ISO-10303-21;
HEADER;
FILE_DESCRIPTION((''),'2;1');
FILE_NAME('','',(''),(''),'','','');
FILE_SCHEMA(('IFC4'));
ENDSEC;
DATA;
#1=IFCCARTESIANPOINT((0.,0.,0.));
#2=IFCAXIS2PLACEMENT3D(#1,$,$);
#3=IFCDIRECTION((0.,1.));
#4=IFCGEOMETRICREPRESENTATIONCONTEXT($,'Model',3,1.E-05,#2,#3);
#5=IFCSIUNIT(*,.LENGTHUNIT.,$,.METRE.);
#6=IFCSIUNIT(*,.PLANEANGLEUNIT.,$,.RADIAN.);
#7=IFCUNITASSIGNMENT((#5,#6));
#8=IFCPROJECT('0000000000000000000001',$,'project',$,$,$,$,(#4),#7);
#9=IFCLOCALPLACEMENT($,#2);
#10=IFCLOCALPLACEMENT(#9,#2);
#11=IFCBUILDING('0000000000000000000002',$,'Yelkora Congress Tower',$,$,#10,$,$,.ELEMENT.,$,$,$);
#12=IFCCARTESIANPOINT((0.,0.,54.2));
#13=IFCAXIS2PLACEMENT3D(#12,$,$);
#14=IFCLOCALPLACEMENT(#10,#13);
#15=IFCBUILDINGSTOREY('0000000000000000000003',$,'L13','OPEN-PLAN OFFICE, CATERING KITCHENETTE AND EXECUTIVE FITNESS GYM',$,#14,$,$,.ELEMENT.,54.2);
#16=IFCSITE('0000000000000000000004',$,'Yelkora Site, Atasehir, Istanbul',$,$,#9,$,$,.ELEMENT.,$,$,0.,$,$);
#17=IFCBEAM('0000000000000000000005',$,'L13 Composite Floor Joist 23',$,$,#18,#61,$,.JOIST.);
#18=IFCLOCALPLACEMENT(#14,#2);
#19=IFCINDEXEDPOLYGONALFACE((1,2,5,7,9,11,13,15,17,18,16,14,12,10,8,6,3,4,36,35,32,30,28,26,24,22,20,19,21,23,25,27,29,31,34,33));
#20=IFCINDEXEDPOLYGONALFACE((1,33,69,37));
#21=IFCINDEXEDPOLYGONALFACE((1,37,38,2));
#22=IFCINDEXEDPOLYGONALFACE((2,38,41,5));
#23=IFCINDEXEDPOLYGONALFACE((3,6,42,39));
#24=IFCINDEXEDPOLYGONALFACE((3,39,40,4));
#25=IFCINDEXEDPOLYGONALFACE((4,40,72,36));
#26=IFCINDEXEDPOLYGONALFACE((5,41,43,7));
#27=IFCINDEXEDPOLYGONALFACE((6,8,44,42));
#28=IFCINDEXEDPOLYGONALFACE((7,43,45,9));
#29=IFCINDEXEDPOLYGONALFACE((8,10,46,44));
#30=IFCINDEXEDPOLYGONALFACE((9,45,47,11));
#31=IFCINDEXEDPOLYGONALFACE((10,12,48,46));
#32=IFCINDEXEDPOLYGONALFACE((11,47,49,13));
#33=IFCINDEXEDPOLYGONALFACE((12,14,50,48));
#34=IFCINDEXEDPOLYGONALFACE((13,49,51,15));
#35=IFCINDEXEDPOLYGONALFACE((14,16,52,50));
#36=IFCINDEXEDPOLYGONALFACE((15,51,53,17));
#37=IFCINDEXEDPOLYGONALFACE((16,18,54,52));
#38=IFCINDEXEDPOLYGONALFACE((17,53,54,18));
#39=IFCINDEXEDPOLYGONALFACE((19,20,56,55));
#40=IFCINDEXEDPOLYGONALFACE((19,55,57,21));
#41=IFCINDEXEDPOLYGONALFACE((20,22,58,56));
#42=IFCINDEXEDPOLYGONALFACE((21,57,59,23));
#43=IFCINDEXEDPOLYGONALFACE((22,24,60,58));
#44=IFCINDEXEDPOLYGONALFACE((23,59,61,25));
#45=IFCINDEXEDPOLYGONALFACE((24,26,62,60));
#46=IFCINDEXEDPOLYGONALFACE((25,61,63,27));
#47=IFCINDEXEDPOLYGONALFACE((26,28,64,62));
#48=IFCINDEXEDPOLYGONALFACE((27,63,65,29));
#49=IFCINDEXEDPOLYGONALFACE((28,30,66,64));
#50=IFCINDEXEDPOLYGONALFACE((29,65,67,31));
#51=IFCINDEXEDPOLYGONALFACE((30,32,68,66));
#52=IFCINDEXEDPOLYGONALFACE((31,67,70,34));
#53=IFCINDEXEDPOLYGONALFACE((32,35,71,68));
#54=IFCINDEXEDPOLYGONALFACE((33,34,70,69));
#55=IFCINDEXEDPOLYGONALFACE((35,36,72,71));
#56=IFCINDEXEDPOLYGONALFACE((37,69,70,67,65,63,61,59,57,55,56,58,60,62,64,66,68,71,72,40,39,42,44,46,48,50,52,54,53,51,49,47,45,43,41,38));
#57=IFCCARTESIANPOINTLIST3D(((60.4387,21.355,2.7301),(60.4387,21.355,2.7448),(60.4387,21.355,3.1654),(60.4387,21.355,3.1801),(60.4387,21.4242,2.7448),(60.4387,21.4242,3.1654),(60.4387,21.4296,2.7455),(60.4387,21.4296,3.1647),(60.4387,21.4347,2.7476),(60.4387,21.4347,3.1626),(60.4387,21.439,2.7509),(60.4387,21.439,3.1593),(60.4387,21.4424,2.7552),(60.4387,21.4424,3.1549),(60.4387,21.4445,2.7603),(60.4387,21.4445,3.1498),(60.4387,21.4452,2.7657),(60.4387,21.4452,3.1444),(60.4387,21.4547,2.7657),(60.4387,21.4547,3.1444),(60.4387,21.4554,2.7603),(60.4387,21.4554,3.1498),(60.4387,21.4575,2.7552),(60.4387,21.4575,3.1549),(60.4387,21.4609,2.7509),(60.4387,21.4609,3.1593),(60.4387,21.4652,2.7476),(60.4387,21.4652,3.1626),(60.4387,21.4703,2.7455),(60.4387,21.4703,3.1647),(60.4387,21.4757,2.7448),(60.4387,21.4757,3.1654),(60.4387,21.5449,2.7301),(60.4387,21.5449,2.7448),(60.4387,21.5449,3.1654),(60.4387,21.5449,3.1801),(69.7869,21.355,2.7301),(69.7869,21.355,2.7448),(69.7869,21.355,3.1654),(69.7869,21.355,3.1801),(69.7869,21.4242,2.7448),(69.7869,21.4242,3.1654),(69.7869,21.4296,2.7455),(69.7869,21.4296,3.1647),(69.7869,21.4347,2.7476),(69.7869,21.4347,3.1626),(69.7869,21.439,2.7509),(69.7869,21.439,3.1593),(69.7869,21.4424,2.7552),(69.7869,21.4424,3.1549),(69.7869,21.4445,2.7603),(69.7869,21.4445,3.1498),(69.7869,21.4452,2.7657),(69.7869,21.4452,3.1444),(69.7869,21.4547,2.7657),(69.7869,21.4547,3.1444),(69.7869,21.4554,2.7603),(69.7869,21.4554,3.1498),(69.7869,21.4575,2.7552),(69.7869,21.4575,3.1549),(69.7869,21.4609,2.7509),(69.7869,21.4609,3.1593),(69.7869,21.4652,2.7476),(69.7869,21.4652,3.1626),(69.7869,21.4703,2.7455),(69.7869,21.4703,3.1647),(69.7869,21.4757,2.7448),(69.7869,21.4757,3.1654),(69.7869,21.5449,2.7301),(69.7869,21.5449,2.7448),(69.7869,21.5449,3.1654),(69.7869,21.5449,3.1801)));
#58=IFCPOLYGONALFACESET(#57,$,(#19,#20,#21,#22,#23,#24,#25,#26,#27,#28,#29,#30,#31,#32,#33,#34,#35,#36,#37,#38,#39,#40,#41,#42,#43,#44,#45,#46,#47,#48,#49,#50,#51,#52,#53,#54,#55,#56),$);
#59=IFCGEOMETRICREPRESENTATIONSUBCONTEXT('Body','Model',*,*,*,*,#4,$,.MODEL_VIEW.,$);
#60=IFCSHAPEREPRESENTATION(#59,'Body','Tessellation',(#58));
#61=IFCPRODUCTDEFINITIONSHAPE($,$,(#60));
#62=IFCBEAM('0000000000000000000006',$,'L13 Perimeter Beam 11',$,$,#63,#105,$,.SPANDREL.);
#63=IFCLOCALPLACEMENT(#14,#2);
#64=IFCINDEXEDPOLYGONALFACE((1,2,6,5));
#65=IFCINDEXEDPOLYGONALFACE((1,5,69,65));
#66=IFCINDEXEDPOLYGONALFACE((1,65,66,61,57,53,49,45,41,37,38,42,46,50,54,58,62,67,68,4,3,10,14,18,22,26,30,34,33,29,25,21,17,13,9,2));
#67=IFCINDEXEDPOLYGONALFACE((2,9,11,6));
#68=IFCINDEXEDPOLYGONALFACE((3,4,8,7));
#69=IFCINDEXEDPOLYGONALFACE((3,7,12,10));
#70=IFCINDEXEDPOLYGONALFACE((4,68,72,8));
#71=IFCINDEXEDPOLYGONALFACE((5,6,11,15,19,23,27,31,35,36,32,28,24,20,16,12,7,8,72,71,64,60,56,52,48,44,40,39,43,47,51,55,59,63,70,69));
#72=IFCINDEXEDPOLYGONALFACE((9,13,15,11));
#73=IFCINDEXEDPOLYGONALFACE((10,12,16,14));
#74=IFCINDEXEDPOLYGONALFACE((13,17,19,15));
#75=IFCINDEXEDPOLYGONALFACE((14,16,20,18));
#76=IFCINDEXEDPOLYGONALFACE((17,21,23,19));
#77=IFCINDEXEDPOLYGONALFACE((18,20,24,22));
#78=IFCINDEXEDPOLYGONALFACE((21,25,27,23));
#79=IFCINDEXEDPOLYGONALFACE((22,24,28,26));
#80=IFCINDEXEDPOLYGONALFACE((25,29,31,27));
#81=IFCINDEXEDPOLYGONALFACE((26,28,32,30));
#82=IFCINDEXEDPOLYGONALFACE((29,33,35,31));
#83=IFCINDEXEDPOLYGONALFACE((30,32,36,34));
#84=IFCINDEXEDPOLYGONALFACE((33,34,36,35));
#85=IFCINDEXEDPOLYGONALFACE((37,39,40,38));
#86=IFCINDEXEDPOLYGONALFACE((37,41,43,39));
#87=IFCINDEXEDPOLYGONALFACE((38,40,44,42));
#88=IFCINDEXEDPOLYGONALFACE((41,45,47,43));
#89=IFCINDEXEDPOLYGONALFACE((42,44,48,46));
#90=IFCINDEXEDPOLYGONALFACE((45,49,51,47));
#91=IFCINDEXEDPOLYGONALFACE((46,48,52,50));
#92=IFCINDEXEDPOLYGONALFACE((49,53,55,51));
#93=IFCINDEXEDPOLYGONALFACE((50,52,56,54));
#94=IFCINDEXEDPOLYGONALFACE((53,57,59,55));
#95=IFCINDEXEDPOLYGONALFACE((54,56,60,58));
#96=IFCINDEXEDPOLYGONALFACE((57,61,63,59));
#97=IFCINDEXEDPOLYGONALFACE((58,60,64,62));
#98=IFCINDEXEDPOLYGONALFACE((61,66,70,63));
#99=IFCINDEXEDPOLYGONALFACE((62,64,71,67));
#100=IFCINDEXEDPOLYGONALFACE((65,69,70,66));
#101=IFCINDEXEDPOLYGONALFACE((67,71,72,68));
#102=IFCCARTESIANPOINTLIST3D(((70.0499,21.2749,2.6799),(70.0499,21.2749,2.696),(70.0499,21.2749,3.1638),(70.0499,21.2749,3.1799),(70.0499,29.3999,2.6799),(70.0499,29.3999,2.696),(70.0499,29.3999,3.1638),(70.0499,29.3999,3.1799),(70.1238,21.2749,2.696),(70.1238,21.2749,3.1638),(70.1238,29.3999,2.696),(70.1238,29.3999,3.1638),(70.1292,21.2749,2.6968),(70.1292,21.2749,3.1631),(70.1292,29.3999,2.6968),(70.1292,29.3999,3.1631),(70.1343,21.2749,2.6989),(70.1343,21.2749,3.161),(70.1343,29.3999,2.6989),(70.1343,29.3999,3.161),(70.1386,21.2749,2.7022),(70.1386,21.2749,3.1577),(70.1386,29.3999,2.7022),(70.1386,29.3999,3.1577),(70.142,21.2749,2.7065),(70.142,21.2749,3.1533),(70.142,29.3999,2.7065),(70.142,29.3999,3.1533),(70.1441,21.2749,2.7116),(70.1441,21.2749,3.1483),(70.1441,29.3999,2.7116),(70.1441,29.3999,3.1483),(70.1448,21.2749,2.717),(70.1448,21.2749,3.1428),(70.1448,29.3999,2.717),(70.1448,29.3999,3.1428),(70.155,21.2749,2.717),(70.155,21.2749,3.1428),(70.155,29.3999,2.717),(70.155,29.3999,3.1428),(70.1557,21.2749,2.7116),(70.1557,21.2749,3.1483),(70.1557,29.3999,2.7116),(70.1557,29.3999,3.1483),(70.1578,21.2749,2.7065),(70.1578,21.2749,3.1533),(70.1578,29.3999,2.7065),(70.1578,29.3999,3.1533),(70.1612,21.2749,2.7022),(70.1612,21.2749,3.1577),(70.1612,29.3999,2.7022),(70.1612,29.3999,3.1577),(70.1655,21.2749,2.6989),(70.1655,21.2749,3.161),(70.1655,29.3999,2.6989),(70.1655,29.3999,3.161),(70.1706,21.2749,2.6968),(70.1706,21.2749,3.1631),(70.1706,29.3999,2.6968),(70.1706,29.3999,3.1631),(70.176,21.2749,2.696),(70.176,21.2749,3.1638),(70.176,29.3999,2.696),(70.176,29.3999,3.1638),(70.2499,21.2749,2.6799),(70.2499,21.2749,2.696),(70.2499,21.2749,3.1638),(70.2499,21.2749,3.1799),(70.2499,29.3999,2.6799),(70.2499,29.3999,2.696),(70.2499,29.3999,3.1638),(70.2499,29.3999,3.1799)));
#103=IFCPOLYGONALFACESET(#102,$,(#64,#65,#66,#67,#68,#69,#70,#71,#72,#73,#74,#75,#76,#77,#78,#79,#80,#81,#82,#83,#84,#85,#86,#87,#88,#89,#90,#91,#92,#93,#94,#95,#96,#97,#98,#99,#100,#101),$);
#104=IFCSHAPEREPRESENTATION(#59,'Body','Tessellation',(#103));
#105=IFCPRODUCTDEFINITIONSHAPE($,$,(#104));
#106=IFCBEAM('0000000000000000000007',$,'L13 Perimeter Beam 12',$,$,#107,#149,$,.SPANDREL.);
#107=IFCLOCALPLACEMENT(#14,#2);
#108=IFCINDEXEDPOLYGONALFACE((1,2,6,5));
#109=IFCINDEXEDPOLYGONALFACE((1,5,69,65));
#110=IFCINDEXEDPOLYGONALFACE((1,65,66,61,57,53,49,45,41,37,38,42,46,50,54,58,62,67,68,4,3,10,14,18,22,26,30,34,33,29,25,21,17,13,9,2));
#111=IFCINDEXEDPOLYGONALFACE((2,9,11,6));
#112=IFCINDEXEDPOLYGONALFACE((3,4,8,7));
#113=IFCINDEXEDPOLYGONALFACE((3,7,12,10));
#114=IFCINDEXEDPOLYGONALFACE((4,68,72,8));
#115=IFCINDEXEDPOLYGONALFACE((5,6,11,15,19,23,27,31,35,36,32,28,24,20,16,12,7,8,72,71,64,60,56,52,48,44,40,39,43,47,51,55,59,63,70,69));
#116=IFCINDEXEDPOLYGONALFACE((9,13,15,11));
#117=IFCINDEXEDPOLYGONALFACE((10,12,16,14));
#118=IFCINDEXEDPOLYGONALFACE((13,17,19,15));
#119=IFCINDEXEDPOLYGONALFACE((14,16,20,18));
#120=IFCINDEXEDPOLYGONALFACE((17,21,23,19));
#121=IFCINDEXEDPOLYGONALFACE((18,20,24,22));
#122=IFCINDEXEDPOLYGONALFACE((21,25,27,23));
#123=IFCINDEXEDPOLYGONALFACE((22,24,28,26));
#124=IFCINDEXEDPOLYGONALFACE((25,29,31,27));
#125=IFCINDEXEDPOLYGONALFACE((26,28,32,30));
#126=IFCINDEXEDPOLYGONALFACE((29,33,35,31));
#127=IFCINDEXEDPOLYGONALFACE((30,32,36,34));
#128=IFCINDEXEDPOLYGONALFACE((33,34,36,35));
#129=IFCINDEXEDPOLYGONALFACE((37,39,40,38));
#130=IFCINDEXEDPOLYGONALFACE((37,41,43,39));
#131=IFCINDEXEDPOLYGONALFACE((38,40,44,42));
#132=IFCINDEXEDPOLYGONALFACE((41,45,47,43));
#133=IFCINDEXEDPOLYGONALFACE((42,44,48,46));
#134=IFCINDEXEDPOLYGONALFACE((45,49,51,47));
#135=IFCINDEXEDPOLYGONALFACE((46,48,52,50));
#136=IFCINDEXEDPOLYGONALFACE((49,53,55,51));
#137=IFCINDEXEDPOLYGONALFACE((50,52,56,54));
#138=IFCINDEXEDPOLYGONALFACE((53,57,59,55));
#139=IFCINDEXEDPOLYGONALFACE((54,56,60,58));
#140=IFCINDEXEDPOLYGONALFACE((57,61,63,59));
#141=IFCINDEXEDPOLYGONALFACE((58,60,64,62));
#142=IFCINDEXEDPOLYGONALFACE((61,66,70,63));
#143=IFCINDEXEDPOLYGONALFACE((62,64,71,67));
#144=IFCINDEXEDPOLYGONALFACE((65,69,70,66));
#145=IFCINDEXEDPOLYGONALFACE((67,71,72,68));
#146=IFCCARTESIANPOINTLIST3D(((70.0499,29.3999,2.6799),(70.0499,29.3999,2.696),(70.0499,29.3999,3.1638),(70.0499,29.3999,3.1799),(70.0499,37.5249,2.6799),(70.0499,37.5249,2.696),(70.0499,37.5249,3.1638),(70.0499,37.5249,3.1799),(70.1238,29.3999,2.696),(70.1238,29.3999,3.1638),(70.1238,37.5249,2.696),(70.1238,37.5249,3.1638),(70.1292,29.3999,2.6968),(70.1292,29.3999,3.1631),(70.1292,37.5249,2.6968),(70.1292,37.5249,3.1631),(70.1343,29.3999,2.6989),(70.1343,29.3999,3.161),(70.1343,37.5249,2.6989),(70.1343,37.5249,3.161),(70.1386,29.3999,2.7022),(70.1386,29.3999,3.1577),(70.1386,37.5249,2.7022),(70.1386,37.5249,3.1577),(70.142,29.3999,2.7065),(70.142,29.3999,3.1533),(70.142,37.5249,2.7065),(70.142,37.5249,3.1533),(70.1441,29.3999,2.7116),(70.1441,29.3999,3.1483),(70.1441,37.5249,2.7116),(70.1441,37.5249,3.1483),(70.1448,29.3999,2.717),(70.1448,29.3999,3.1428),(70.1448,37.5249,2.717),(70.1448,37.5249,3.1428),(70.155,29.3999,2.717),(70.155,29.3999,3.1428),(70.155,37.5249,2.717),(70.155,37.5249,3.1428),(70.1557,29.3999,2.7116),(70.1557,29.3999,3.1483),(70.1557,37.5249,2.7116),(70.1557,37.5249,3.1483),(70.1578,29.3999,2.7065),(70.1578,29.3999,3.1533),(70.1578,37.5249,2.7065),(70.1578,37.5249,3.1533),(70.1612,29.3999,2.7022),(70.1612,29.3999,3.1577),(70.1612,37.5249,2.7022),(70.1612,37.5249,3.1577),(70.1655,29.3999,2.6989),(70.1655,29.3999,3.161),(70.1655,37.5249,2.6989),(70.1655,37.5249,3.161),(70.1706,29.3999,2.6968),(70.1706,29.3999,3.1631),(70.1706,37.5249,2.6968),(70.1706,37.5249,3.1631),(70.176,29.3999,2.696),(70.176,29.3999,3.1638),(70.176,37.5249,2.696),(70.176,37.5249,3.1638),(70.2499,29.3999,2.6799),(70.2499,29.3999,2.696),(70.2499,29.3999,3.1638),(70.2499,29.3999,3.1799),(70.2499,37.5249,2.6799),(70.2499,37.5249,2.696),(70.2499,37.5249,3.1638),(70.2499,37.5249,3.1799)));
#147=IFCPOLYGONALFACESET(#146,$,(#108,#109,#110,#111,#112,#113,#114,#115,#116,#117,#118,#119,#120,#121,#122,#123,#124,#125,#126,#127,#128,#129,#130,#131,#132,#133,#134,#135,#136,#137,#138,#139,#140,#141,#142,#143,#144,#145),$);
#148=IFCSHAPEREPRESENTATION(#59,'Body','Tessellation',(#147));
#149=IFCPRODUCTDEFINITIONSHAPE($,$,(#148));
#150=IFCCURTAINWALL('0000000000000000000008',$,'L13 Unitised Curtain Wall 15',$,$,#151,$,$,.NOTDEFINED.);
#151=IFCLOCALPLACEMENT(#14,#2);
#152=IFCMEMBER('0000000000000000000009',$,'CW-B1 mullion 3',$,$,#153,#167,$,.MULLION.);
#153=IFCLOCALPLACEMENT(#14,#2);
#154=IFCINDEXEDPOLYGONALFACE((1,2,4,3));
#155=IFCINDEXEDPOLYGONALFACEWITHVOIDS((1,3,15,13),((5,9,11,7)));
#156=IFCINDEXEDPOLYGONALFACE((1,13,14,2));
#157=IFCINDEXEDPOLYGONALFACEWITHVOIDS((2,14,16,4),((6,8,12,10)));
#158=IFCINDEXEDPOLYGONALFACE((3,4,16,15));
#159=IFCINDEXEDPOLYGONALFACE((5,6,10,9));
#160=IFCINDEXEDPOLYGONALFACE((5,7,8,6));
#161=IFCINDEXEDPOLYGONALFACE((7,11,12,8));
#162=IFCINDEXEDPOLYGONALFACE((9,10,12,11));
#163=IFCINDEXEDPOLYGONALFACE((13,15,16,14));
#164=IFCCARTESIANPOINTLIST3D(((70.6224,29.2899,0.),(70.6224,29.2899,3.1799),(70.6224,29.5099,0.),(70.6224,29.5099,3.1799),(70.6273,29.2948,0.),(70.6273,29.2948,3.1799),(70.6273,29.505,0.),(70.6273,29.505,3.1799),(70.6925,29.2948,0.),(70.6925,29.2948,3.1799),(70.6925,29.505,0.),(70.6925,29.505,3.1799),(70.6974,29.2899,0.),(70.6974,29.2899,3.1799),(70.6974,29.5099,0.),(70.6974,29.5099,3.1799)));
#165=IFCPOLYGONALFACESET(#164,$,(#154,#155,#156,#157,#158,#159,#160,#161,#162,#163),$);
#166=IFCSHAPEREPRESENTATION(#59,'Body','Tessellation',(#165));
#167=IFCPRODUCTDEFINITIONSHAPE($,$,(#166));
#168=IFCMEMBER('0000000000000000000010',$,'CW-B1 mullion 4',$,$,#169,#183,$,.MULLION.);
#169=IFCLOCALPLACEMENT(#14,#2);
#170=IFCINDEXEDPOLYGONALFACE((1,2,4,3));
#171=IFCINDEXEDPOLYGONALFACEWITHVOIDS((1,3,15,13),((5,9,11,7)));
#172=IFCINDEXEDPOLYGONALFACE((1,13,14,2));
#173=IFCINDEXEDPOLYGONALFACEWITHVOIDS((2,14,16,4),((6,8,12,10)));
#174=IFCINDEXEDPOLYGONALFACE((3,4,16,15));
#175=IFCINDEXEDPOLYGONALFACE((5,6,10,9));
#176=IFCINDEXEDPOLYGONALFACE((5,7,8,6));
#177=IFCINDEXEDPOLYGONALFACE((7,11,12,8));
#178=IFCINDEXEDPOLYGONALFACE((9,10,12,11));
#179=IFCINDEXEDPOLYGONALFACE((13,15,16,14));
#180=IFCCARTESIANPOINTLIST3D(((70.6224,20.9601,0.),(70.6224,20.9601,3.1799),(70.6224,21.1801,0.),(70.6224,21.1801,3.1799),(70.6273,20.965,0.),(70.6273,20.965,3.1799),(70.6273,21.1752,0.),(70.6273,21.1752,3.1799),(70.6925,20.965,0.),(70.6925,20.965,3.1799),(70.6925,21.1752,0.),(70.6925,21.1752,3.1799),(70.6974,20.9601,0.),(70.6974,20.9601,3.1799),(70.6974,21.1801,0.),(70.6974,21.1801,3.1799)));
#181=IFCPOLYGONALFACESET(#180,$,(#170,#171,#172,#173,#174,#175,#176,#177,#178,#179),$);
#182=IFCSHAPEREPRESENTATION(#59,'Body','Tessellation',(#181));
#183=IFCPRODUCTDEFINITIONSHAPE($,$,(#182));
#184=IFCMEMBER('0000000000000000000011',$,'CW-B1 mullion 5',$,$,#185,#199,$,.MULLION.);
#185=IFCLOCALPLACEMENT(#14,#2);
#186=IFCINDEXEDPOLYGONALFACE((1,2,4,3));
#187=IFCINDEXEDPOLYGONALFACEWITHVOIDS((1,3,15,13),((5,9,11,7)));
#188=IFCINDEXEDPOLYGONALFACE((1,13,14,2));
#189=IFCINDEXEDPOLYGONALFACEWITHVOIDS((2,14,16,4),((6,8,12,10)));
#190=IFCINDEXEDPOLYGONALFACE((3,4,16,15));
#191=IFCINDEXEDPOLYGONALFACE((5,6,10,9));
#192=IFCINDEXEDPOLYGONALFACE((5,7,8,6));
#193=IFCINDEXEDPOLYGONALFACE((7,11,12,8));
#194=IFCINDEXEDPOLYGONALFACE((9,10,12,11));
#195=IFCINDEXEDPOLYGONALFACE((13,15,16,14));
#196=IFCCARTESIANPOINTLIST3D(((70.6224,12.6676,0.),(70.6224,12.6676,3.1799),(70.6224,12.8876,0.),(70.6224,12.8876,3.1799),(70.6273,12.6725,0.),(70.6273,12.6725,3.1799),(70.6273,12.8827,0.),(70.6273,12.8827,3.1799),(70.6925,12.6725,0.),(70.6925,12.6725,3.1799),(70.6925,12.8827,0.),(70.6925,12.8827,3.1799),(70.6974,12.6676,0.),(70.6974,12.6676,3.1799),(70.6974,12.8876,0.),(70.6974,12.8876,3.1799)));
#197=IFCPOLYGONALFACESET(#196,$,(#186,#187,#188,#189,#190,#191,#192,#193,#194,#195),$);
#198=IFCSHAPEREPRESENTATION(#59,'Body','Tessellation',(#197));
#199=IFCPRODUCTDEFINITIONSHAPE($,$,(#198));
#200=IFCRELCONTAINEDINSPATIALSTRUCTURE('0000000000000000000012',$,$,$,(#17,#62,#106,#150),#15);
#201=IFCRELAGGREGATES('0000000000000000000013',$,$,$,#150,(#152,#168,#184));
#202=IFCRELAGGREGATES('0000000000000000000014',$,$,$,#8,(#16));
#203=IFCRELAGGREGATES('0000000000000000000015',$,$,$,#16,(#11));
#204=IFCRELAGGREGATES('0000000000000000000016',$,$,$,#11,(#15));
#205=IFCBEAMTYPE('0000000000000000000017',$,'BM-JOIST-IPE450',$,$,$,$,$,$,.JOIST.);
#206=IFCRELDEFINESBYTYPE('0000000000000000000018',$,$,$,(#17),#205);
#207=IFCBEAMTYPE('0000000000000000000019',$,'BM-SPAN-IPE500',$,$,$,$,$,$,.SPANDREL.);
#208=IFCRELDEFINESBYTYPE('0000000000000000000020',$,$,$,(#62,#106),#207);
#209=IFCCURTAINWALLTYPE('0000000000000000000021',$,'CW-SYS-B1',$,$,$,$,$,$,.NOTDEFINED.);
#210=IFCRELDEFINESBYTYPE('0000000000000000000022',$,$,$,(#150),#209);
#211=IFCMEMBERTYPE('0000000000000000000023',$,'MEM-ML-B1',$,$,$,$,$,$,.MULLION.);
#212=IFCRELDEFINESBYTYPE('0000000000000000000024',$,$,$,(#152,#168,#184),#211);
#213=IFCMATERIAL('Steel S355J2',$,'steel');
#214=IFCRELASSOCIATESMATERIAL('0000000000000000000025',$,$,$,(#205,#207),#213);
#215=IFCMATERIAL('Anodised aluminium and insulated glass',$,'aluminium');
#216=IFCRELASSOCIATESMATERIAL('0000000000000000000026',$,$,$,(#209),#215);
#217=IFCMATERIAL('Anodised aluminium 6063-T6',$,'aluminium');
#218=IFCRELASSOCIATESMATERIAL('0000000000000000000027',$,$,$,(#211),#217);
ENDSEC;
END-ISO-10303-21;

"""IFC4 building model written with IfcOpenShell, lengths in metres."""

from ifc_helpers import new_model, si_unit, direction, frame, origin, origin_2d, place, context, subcontext, project, spatial, hollow_rectangle, i_section, extrude, material, material_profile, profile_set, type_object, element, aggregate, save


model = new_model("IFC4")

# Units and contexts
model_context = context("Model", 3, precision=1e-05, world=origin(), true_north=direction((0.0, 1.0)))
body_context = subcontext(model_context, "Body", "Model", "MODEL_VIEW")
ifc_project = project(units=[si_unit("LENGTHUNIT", "METRE"), si_unit("PLANEANGLEUNIT", "RADIAN")], contexts=[model_context])

# Site, building, storey
site_placement = place(None, origin())
site = spatial("IfcSite", under=ifc_project, at=site_placement, Name="Yelkora Site, Atasehir, Istanbul", CompositionType="ELEMENT", RefElevation=0.0)
building_placement = place(site_placement, origin())
building = spatial("IfcBuilding", under=site, at=building_placement, Name="Yelkora Congress Tower", CompositionType="ELEMENT")
storey_placement = place(building_placement, frame((0.0, 0.0, 54.2)))
storey = spatial("IfcBuildingStorey", under=building, at=storey_placement, Name="L13", Description="OPEN-PLAN OFFICE, CATERING KITCHENETTE AND EXECUTIVE FITNESS GYM", CompositionType="ELEMENT", Elevation=54.2)

# Beams
ifc_material_1 = material(Name="Steel S355J2", Category="steel")
ifc_material_profile_1 = material_profile(ifc_material_1, i_section(OverallWidth=0.1899, OverallDepth=0.45, WebThickness=0.0095, FlangeThickness=0.0146, FilletRadius=0.021, at=origin_2d()), Name="IPE 450")
ifc_profile_set_1 = profile_set([ifc_material_profile_1], Name="Steel S355J2")
beam_type_1 = type_object("IfcBeamType", Name="BM-JOIST-IPE450", PredefinedType="JOIST", material=ifc_profile_set_1)
beam_1_placement = place(storey_placement, frame((60.4387, 21.45, 2.9551), z_axis=(1.0, 0.0, 0.0), x_axis=(0.0, 1.0, 0.0)))
element("IfcBeam", 1, at=beam_1_placement, inside=storey, type_object=beam_type_1, Name="L13 Composite Floor Joist 23", PredefinedType="JOIST", context=body_context, shape_type="SweptSolid", body=[
    extrude(i_section(OverallWidth=0.1899, OverallDepth=0.45, WebThickness=0.0095, FlangeThickness=0.0146, FilletRadius=0.021, at=origin_2d()), origin(), (0.0, 0.0, 1.0), 9.3481),
])
ifc_material_profile_2 = material_profile(ifc_material_1, i_section(OverallWidth=0.2, OverallDepth=0.5, WebThickness=0.0103, FlangeThickness=0.0161, FilletRadius=0.021, at=origin_2d()), Name="IPE 500")
ifc_profile_set_2 = profile_set([ifc_material_profile_2], Name="Steel S355J2")
beam_type_2 = type_object("IfcBeamType", Name="BM-SPAN-IPE500", PredefinedType="SPANDREL", material=ifc_profile_set_2)
for number, where, z_axis, x_axis, name in (
    (2, (70.1499, 21.2749, 2.9299), (0.0, 1.0, 0.0), (-1.0, 0.0, 0.0), "L13 Perimeter Beam 11"),
    (3, (70.1499, 29.3999, 2.9299), (0.0, 1.0, 0.0), (-1.0, 0.0, 0.0), "L13 Perimeter Beam 12"),
):
    element("IfcBeam", number, at=place(storey_placement, frame(where, z_axis=z_axis, x_axis=x_axis)), inside=storey, type_object=beam_type_2, Name=name, PredefinedType="SPANDREL", context=body_context, shape_type="SweptSolid", body=[
        extrude(i_section(OverallWidth=0.2, OverallDepth=0.5, WebThickness=0.0103, FlangeThickness=0.0161, FilletRadius=0.021, at=origin_2d()), origin(), (0.0, 0.0, 1.0), 8.125),
    ])

# Curtain wall, members
ifc_material_2 = material(Name="Anodised aluminium and insulated glass", Category="aluminium")
curtain_wall_type = type_object("IfcCurtainWallType", Name="CW-SYS-B1", PredefinedType="NOTDEFINED", material=ifc_material_2)
curtain_wall_placement = place(storey_placement, origin())
curtain_wall = element("IfcCurtainWall", 4, at=curtain_wall_placement, inside=storey, type_object=curtain_wall_type, Name="L13 Unitised Curtain Wall 15", PredefinedType="NOTDEFINED")
ifc_material_3 = material(Name="Anodised aluminium 6063-T6", Category="aluminium")
ifc_material_profile_3 = material_profile(ifc_material_3, hollow_rectangle(XDim=0.075, YDim=0.22, WallThickness=0.0049, at=origin_2d()), Name="ALU 75x220x5")
ifc_profile_set_3 = profile_set([ifc_material_profile_3], Name="Anodised aluminium 6063-T6")
member_type_1 = type_object("IfcMemberType", Name="MEM-ML-B1", PredefinedType="MULLION", material=ifc_profile_set_3)
member_1_placement = place(storey_placement, frame((70.6599, 29.3999, 0.0), z_axis=(0.0, 0.0, 1.0), x_axis=(1.0, 0.0, 0.0)))
member_1 = element("IfcMember", 5, at=member_1_placement, type_object=member_type_1, Name="CW-B1 mullion 3", PredefinedType="MULLION", context=body_context, shape_type="SweptSolid", body=[
    extrude(hollow_rectangle(XDim=0.075, YDim=0.22, WallThickness=0.0049, at=origin_2d()), origin(), (0.0, 0.0, 1.0), 3.1799),
])
member_2_placement = place(storey_placement, frame((70.6599, 21.0701, 0.0), z_axis=(0.0, 0.0, 1.0), x_axis=(1.0, 0.0, 0.0)))
member_2 = element("IfcMember", 6, at=member_2_placement, type_object=member_type_1, Name="CW-B1 mullion 4", PredefinedType="MULLION", context=body_context, shape_type="SweptSolid", body=[
    extrude(hollow_rectangle(XDim=0.075, YDim=0.22, WallThickness=0.0049, at=origin_2d()), origin(), (0.0, 0.0, 1.0), 3.1799),
])
member_3_placement = place(storey_placement, frame((70.6599, 12.7776, 0.0), z_axis=(0.0, 0.0, 1.0), x_axis=(1.0, 0.0, 0.0)))
member_3 = element("IfcMember", 7, at=member_3_placement, type_object=member_type_1, Name="CW-B1 mullion 5", PredefinedType="MULLION", context=body_context, shape_type="SweptSolid", body=[
    extrude(hollow_rectangle(XDim=0.075, YDim=0.22, WallThickness=0.0049, at=origin_2d()), origin(), (0.0, 0.0, 1.0), 3.1799),
])
aggregate(curtain_wall, [member_1, member_2, member_3])

save(model, "model.ifc")
